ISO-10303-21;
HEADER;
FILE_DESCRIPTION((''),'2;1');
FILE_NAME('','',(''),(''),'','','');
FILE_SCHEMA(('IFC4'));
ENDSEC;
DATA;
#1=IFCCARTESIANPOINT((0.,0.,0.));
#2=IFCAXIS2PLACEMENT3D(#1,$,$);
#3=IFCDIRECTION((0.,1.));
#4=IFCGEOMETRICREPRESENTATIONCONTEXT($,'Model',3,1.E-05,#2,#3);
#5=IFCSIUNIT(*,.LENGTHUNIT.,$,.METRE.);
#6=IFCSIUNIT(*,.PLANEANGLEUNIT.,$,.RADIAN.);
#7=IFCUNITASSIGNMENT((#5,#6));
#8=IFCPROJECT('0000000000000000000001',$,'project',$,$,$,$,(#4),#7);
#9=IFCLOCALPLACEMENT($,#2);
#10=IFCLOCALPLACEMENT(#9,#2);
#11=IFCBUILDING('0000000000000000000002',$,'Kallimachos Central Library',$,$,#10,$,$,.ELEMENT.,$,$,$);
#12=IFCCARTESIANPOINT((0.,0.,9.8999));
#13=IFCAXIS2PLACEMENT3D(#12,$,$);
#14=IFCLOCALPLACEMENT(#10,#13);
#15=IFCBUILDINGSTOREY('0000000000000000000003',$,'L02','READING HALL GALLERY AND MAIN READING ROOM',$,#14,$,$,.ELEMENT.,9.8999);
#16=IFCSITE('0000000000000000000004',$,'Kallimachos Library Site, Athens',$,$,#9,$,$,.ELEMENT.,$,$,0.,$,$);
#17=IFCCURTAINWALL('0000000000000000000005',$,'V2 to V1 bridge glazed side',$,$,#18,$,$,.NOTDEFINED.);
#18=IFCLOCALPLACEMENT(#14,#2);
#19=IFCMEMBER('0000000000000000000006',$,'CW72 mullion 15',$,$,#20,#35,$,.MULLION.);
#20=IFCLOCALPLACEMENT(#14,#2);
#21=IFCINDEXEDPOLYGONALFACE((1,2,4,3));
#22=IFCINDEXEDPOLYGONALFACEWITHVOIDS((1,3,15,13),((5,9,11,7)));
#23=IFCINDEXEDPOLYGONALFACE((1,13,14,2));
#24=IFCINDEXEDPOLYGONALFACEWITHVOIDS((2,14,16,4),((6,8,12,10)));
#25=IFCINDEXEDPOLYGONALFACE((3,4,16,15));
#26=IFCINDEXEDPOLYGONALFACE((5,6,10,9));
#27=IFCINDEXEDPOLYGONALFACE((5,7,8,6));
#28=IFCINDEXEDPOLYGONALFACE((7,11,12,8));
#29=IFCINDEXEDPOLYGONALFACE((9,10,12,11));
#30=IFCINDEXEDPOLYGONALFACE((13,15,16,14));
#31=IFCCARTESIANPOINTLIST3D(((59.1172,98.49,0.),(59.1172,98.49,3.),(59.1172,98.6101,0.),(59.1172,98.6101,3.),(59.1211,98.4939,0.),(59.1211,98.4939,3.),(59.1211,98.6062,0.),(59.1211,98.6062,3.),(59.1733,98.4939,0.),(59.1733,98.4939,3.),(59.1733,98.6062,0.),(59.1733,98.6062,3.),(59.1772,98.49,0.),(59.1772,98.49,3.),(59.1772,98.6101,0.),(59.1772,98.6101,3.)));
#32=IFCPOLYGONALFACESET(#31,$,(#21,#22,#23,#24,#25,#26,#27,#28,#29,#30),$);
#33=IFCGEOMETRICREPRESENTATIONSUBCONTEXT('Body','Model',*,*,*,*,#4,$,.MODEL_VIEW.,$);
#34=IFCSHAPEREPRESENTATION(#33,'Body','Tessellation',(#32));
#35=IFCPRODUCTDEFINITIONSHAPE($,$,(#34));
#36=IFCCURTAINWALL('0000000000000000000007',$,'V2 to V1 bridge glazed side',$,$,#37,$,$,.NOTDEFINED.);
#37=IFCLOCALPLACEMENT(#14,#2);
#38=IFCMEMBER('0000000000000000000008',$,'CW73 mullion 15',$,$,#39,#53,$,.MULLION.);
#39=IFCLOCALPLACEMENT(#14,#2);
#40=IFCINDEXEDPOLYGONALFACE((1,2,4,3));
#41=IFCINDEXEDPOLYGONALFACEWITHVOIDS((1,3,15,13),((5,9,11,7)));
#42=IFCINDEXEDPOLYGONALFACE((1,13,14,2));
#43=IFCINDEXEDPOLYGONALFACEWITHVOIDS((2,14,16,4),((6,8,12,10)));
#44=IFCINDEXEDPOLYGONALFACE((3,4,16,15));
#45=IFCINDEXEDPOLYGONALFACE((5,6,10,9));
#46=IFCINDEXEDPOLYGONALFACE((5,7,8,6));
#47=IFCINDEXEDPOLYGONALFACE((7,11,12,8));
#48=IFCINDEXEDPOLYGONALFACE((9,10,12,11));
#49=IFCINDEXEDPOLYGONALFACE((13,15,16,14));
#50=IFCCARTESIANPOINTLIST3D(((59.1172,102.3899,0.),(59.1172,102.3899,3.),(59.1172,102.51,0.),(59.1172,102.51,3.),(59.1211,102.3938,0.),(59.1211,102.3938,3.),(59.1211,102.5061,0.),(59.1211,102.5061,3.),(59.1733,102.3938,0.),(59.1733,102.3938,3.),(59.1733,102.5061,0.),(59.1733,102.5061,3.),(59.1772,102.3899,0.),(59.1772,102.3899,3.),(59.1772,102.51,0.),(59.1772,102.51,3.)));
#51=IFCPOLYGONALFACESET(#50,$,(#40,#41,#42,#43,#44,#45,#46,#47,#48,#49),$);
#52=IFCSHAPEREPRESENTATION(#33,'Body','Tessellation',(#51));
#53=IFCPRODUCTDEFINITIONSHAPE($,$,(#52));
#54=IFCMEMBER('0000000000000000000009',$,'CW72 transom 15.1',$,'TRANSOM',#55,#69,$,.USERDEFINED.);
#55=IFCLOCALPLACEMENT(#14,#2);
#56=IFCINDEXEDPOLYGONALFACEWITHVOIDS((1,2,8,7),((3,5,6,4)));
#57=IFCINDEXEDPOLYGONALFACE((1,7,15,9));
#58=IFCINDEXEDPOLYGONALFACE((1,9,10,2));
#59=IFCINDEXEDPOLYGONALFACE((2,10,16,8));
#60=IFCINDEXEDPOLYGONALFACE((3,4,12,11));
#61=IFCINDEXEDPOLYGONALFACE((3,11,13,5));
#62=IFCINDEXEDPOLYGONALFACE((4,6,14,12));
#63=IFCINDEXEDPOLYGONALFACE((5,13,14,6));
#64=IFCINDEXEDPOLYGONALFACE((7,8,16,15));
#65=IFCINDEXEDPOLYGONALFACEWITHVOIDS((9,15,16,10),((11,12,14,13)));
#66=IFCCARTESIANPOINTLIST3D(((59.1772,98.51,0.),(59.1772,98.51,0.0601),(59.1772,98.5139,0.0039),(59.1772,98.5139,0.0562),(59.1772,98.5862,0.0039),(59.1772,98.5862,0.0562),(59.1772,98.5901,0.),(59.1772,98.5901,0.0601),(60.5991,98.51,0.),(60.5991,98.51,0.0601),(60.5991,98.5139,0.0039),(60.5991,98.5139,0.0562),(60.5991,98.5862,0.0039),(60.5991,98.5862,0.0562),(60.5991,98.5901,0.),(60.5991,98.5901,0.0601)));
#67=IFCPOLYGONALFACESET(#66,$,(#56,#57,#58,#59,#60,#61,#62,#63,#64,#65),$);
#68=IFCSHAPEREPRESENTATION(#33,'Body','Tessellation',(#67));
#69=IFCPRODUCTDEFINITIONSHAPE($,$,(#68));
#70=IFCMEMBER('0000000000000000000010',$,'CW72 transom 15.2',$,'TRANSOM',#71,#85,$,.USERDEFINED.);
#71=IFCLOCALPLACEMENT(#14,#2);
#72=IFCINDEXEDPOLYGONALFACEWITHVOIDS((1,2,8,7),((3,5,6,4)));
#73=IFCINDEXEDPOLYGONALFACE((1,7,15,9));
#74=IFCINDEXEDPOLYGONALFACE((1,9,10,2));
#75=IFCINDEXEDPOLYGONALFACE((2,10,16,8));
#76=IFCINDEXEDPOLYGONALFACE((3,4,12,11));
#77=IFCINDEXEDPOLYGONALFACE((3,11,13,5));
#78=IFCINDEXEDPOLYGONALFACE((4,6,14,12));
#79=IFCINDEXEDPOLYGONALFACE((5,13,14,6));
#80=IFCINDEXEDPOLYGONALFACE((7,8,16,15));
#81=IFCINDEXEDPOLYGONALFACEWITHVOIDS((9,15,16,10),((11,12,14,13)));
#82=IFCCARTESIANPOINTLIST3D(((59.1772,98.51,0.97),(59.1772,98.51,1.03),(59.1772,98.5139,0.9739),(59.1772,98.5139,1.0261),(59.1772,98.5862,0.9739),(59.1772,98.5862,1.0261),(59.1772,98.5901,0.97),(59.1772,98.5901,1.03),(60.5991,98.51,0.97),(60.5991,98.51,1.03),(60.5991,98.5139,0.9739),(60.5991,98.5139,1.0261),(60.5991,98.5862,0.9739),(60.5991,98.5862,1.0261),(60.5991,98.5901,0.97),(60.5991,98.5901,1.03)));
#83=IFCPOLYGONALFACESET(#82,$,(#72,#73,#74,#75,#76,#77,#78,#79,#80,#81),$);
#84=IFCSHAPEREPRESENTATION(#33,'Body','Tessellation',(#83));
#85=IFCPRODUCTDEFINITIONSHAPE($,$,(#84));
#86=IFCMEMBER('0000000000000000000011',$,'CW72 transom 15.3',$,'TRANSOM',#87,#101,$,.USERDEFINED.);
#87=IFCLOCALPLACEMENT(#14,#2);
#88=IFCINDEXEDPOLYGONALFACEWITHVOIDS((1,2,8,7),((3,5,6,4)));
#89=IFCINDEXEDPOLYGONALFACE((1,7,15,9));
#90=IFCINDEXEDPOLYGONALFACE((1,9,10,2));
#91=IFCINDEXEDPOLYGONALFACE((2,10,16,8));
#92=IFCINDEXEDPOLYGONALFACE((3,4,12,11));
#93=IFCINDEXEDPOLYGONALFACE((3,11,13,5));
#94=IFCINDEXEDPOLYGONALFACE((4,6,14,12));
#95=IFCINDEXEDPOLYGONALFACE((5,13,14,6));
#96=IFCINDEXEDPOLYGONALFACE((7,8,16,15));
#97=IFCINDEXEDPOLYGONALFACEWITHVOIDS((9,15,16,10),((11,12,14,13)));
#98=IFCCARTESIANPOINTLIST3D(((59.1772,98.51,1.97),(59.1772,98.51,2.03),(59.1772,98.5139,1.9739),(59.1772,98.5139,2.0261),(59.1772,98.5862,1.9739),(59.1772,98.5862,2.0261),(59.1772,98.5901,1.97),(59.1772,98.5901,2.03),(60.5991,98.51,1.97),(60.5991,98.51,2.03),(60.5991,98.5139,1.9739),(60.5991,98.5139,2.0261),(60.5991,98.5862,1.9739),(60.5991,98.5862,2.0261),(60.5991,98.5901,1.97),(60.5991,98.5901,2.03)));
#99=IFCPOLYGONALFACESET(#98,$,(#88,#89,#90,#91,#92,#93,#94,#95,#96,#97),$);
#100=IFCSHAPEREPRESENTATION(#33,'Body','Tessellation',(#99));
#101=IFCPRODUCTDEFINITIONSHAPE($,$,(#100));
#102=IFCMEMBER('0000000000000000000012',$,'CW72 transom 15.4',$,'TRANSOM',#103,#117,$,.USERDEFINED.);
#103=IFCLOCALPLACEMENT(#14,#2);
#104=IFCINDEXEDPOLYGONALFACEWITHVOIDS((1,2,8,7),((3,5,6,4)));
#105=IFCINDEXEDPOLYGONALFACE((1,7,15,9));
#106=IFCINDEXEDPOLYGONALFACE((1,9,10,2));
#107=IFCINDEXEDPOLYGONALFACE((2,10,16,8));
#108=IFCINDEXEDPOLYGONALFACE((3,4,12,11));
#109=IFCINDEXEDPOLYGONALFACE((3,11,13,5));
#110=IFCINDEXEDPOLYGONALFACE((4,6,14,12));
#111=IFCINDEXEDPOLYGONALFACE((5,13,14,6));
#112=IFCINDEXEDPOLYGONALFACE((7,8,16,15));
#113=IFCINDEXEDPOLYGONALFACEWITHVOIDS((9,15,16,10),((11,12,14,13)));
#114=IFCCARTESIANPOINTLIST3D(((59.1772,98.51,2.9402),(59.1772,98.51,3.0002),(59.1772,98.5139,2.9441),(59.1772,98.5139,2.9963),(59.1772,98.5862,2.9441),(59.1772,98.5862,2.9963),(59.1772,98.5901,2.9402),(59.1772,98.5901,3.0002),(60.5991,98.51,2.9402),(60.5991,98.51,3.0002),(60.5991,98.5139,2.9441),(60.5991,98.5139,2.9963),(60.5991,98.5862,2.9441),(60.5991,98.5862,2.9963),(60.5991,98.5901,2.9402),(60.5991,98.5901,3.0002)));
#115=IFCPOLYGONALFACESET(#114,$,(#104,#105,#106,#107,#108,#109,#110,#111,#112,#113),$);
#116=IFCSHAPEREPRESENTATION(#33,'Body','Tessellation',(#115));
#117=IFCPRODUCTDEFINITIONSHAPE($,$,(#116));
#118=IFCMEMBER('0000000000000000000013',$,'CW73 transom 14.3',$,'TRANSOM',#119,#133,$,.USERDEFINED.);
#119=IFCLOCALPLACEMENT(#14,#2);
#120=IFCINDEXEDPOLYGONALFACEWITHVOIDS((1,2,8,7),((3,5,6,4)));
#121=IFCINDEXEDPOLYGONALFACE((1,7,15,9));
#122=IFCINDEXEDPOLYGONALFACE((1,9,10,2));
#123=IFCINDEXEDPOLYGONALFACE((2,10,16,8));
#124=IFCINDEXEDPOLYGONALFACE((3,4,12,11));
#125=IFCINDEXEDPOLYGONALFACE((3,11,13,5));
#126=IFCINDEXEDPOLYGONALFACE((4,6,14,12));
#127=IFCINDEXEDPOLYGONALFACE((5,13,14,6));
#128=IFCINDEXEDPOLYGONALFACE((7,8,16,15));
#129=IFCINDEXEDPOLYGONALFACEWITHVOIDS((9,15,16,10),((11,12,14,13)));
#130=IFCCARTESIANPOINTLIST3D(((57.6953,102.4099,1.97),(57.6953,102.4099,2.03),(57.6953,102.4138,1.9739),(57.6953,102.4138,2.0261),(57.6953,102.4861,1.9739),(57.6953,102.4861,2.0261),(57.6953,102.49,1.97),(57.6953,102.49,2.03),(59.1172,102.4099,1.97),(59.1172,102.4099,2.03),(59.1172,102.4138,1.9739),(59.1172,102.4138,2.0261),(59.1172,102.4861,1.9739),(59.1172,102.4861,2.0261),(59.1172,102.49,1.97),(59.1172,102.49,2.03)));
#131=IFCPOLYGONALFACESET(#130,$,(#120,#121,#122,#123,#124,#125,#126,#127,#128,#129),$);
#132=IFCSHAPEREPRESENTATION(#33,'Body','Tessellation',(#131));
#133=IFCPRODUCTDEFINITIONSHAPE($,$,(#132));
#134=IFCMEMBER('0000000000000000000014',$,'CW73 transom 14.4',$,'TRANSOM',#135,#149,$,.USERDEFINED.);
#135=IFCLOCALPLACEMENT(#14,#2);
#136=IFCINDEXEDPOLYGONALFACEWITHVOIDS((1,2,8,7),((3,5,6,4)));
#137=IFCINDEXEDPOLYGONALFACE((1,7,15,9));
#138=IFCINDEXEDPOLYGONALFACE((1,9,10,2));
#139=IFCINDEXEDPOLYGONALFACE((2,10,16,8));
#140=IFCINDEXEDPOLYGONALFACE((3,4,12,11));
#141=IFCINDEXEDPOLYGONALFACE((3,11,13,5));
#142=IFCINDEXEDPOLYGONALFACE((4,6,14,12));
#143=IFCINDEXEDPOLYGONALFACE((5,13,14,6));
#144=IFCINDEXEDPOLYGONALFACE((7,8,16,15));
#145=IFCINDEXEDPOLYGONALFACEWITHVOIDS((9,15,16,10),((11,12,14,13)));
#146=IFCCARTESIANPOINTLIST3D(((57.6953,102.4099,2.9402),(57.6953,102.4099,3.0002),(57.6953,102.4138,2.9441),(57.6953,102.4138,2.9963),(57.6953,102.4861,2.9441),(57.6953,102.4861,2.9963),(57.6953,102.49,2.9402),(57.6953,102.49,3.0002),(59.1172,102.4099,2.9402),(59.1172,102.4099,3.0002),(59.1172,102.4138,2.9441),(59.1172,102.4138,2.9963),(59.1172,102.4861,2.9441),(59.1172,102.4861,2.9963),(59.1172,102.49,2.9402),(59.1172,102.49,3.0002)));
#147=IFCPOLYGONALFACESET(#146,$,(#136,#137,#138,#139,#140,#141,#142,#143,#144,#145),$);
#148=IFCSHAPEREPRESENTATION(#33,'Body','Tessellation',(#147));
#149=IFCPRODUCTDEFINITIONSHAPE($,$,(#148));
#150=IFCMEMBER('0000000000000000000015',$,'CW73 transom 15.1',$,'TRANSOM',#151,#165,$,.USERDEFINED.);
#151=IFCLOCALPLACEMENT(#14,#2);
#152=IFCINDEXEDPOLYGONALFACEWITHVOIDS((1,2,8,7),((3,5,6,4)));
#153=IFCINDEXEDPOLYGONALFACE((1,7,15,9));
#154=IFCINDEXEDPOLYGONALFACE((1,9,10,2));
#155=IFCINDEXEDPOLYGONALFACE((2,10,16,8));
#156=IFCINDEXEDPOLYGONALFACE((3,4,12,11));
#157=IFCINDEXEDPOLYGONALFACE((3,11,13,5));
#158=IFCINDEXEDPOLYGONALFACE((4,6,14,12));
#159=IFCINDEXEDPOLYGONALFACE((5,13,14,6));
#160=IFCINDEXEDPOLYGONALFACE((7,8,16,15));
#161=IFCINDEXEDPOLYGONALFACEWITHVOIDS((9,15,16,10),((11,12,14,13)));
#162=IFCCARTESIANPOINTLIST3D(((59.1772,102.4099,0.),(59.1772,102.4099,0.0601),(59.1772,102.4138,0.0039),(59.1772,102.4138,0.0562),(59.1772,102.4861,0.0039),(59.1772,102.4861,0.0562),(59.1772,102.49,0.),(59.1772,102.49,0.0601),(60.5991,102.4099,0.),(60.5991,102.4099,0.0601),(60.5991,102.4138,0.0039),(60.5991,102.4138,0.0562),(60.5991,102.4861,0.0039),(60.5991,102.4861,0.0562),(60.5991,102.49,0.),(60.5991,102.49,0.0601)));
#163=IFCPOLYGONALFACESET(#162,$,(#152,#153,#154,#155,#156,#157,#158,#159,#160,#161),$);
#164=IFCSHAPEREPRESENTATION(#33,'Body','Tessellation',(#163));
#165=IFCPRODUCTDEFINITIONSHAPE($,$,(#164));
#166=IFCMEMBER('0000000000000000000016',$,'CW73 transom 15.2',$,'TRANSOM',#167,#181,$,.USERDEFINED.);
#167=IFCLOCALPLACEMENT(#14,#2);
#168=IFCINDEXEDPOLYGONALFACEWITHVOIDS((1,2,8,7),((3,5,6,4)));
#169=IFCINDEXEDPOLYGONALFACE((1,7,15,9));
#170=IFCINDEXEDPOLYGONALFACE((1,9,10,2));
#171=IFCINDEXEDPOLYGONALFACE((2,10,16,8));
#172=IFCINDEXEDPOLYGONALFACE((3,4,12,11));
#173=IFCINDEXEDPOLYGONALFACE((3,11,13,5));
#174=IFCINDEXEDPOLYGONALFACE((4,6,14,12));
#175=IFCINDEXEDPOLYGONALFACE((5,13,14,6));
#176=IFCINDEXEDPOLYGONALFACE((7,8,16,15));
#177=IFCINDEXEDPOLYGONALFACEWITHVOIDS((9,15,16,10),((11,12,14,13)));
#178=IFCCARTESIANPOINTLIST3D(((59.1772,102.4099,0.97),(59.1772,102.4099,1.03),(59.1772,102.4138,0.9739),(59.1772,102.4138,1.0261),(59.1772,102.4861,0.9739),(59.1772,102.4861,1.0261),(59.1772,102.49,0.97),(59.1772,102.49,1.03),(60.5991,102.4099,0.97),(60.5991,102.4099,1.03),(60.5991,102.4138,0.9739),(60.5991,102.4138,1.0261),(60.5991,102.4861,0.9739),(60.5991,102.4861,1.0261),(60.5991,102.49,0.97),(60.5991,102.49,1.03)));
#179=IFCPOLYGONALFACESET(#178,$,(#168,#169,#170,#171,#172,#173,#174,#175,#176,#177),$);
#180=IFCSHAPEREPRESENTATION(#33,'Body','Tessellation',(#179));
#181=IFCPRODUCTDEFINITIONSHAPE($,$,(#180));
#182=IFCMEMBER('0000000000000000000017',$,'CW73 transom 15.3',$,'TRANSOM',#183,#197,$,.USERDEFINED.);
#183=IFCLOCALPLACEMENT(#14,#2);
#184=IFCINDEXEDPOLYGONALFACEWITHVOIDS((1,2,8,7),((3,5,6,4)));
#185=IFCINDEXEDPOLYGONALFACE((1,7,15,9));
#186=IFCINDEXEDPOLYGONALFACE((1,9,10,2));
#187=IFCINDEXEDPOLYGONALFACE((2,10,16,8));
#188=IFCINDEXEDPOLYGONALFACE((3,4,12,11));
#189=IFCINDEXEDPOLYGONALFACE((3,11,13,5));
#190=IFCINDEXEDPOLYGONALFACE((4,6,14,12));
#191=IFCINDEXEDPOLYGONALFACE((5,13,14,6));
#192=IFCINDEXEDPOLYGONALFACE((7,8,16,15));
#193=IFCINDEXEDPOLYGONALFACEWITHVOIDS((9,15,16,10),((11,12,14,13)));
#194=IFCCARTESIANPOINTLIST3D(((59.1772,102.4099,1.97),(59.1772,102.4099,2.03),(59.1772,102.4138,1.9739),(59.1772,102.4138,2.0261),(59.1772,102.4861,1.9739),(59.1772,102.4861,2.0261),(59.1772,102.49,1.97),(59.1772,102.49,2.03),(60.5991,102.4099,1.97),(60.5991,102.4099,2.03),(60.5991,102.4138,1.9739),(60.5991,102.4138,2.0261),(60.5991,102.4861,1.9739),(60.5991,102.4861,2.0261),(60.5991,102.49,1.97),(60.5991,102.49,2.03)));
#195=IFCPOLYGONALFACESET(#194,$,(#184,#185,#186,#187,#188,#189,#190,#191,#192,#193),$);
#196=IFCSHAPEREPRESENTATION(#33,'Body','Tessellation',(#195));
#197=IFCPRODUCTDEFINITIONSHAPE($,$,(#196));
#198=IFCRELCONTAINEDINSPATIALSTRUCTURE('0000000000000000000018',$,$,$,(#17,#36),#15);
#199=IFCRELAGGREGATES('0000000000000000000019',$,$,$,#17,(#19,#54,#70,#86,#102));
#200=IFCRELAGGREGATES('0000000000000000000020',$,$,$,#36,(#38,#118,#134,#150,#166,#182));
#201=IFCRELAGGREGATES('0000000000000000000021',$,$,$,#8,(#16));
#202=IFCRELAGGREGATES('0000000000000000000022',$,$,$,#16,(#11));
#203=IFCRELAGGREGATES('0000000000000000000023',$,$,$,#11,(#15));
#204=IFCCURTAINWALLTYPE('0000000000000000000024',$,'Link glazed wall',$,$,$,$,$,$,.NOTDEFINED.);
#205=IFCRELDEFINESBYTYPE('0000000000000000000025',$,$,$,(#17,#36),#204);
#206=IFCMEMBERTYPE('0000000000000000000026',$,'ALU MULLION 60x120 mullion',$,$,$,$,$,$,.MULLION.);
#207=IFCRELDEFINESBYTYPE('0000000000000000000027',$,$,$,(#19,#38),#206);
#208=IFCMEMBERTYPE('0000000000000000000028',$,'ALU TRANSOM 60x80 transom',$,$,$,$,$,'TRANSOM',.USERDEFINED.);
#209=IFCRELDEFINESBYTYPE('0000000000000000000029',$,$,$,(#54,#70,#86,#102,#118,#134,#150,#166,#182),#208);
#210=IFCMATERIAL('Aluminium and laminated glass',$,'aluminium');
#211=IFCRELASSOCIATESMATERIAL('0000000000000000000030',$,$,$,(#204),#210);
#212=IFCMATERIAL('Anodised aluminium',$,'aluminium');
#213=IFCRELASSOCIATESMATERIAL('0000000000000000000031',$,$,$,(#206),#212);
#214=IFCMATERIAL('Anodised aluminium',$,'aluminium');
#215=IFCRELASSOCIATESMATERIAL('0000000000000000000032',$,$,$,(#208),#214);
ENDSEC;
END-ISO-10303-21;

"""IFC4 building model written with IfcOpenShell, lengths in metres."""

from ifc_helpers import new_model, si_unit, direction, frame, origin, origin_2d, place, context, subcontext, project, spatial, hollow_rectangle, extrude, material, material_profile, profile_set, type_object, element, aggregate, save


model = new_model("IFC4")

# Units and contexts
model_context = context("Model", 3, precision=1e-05, world=origin(), true_north=direction((0.0, 1.0)))
body_context = subcontext(model_context, "Body", "Model", "MODEL_VIEW")
ifc_project = project(units=[si_unit("LENGTHUNIT", "METRE"), si_unit("PLANEANGLEUNIT", "RADIAN")], contexts=[model_context])

# Site, building, storey
site_placement = place(None, origin())
site = spatial("IfcSite", under=ifc_project, at=site_placement, Name="Kallimachos Library Site, Athens", CompositionType="ELEMENT", RefElevation=0.0)
building_placement = place(site_placement, origin())
building = spatial("IfcBuilding", under=site, at=building_placement, Name="Kallimachos Central Library", CompositionType="ELEMENT")
storey_placement = place(building_placement, frame((0.0, 0.0, 9.8999)))
storey = spatial("IfcBuildingStorey", under=building, at=storey_placement, Name="L02", Description="READING HALL GALLERY AND MAIN READING ROOM", CompositionType="ELEMENT", Elevation=9.8999)

# Curtain walls, members
ifc_material_1 = material(Name="Aluminium and laminated glass", Category="aluminium")
curtain_wall_type = type_object("IfcCurtainWallType", Name="Link glazed wall", PredefinedType="NOTDEFINED", material=ifc_material_1)
curtain_wall_1_placement = place(storey_placement, origin())
curtain_wall_1 = element("IfcCurtainWall", 1, at=curtain_wall_1_placement, inside=storey, type_object=curtain_wall_type, Name="V2 to V1 bridge glazed side", PredefinedType="NOTDEFINED")
ifc_material_2 = material(Name="Anodised aluminium", Category="aluminium")
ifc_material_profile_1 = material_profile(ifc_material_2, hollow_rectangle(XDim=0.0601, YDim=0.1201, WallThickness=0.0039, at=origin_2d()), Name="ALU MULLION 60x120")
ifc_profile_set_1 = profile_set([ifc_material_profile_1], Name="Anodised aluminium")
member_type_1 = type_object("IfcMemberType", Name="ALU MULLION 60x120 mullion", PredefinedType="MULLION", material=ifc_profile_set_1)
member_1_placement = place(storey_placement, frame((59.1472, 98.55, 0.0), z_axis=(0.0, 0.0, 1.0), x_axis=(1.0, 0.0, 0.0)))
member_1 = element("IfcMember", 2, at=member_1_placement, type_object=member_type_1, Name="CW72 mullion 15", PredefinedType="MULLION", context=body_context, shape_type="SweptSolid", body=[
    extrude(hollow_rectangle(XDim=0.0601, YDim=0.1201, WallThickness=0.0039, at=origin_2d()), origin(), (0.0, 0.0, 1.0), 3.0),
])
curtain_wall_2_placement = place(storey_placement, origin())
curtain_wall_2 = element("IfcCurtainWall", 3, at=curtain_wall_2_placement, inside=storey, type_object=curtain_wall_type, Name="V2 to V1 bridge glazed side", PredefinedType="NOTDEFINED")
member_2_placement = place(storey_placement, frame((59.1472, 102.45, 0.0), z_axis=(0.0, 0.0, 1.0), x_axis=(1.0, 0.0, 0.0)))
member_2 = element("IfcMember", 4, at=member_2_placement, type_object=member_type_1, Name="CW73 mullion 15", PredefinedType="MULLION", context=body_context, shape_type="SweptSolid", body=[
    extrude(hollow_rectangle(XDim=0.0601, YDim=0.1201, WallThickness=0.0039, at=origin_2d()), origin(), (0.0, 0.0, 1.0), 3.0),
])

# Members
ifc_material_3 = material(Name="Anodised aluminium", Category="aluminium")
ifc_material_profile_2 = material_profile(ifc_material_3, hollow_rectangle(XDim=0.0601, YDim=0.0801, WallThickness=0.0039, at=origin_2d()), Name="ALU TRANSOM 60x80")
ifc_profile_set_2 = profile_set([ifc_material_profile_2], Name="Anodised aluminium")
member_type_2 = type_object("IfcMemberType", Name="ALU TRANSOM 60x80 transom", ElementType="TRANSOM", PredefinedType="USERDEFINED", material=ifc_profile_set_2)
member_3_placement = place(storey_placement, frame((59.1772, 98.55, 0.03), z_axis=(1.0, 0.0, 0.0), x_axis=(0.0, 0.0, 1.0)))
member_3 = element("IfcMember", 5, at=member_3_placement, type_object=member_type_2, Name="CW72 transom 15.1", ObjectType="TRANSOM", PredefinedType="USERDEFINED", context=body_context, shape_type="SweptSolid", body=[
    extrude(hollow_rectangle(XDim=0.0601, YDim=0.0801, WallThickness=0.0039, at=origin_2d()), origin(), (0.0, 0.0, 1.0), 1.4219),
])
member_4_placement = place(storey_placement, frame((59.1772, 98.55, 1.0), z_axis=(1.0, 0.0, 0.0), x_axis=(0.0, 0.0, 1.0)))
member_4 = element("IfcMember", 6, at=member_4_placement, type_object=member_type_2, Name="CW72 transom 15.2", ObjectType="TRANSOM", PredefinedType="USERDEFINED", context=body_context, shape_type="SweptSolid", body=[
    extrude(hollow_rectangle(XDim=0.0601, YDim=0.0801, WallThickness=0.0039, at=origin_2d()), origin(), (0.0, 0.0, 1.0), 1.4219),
])
member_5_placement = place(storey_placement, frame((59.1772, 98.55, 2.0), z_axis=(1.0, 0.0, 0.0), x_axis=(0.0, 0.0, 1.0)))
member_5 = element("IfcMember", 7, at=member_5_placement, type_object=member_type_2, Name="CW72 transom 15.3", ObjectType="TRANSOM", PredefinedType="USERDEFINED", context=body_context, shape_type="SweptSolid", body=[
    extrude(hollow_rectangle(XDim=0.0601, YDim=0.0801, WallThickness=0.0039, at=origin_2d()), origin(), (0.0, 0.0, 1.0), 1.4219),
])
member_6_placement = place(storey_placement, frame((59.1772, 98.55, 2.9702), z_axis=(1.0, 0.0, 0.0), x_axis=(0.0, 0.0, 1.0)))
member_6 = element("IfcMember", 8, at=member_6_placement, type_object=member_type_2, Name="CW72 transom 15.4", ObjectType="TRANSOM", PredefinedType="USERDEFINED", context=body_context, shape_type="SweptSolid", body=[
    extrude(hollow_rectangle(XDim=0.0601, YDim=0.0801, WallThickness=0.0039, at=origin_2d()), origin(), (0.0, 0.0, 1.0), 1.4219),
])
member_7_placement = place(storey_placement, frame((57.6953, 102.45, 2.0), z_axis=(1.0, 0.0, 0.0), x_axis=(0.0, 0.0, 1.0)))
member_7 = element("IfcMember", 9, at=member_7_placement, type_object=member_type_2, Name="CW73 transom 14.3", ObjectType="TRANSOM", PredefinedType="USERDEFINED", context=body_context, shape_type="SweptSolid", body=[
    extrude(hollow_rectangle(XDim=0.0601, YDim=0.0801, WallThickness=0.0039, at=origin_2d()), origin(), (0.0, 0.0, 1.0), 1.4219),
])
member_8_placement = place(storey_placement, frame((57.6953, 102.45, 2.9702), z_axis=(1.0, 0.0, 0.0), x_axis=(0.0, 0.0, 1.0)))
member_8 = element("IfcMember", 10, at=member_8_placement, type_object=member_type_2, Name="CW73 transom 14.4", ObjectType="TRANSOM", PredefinedType="USERDEFINED", context=body_context, shape_type="SweptSolid", body=[
    extrude(hollow_rectangle(XDim=0.0601, YDim=0.0801, WallThickness=0.0039, at=origin_2d()), origin(), (0.0, 0.0, 1.0), 1.4219),
])
member_9_placement = place(storey_placement, frame((59.1772, 102.45, 0.03), z_axis=(1.0, 0.0, 0.0), x_axis=(0.0, 0.0, 1.0)))
member_9 = element("IfcMember", 11, at=member_9_placement, type_object=member_type_2, Name="CW73 transom 15.1", ObjectType="TRANSOM", PredefinedType="USERDEFINED", context=body_context, shape_type="SweptSolid", body=[
    extrude(hollow_rectangle(XDim=0.0601, YDim=0.0801, WallThickness=0.0039, at=origin_2d()), origin(), (0.0, 0.0, 1.0), 1.4219),
])
member_10_placement = place(storey_placement, frame((59.1772, 102.45, 1.0), z_axis=(1.0, 0.0, 0.0), x_axis=(0.0, 0.0, 1.0)))
member_10 = element("IfcMember", 12, at=member_10_placement, type_object=member_type_2, Name="CW73 transom 15.2", ObjectType="TRANSOM", PredefinedType="USERDEFINED", context=body_context, shape_type="SweptSolid", body=[
    extrude(hollow_rectangle(XDim=0.0601, YDim=0.0801, WallThickness=0.0039, at=origin_2d()), origin(), (0.0, 0.0, 1.0), 1.4219),
])
member_11_placement = place(storey_placement, frame((59.1772, 102.45, 2.0), z_axis=(1.0, 0.0, 0.0), x_axis=(0.0, 0.0, 1.0)))
member_11 = element("IfcMember", 13, at=member_11_placement, type_object=member_type_2, Name="CW73 transom 15.3", ObjectType="TRANSOM", PredefinedType="USERDEFINED", context=body_context, shape_type="SweptSolid", body=[
    extrude(hollow_rectangle(XDim=0.0601, YDim=0.0801, WallThickness=0.0039, at=origin_2d()), origin(), (0.0, 0.0, 1.0), 1.4219),
])

aggregate(curtain_wall_1, [member_1, member_3, member_4, member_5, member_6])
aggregate(curtain_wall_2, [member_2, member_7, member_8, member_9, member_10, member_11])

save(model, "model.ifc")
